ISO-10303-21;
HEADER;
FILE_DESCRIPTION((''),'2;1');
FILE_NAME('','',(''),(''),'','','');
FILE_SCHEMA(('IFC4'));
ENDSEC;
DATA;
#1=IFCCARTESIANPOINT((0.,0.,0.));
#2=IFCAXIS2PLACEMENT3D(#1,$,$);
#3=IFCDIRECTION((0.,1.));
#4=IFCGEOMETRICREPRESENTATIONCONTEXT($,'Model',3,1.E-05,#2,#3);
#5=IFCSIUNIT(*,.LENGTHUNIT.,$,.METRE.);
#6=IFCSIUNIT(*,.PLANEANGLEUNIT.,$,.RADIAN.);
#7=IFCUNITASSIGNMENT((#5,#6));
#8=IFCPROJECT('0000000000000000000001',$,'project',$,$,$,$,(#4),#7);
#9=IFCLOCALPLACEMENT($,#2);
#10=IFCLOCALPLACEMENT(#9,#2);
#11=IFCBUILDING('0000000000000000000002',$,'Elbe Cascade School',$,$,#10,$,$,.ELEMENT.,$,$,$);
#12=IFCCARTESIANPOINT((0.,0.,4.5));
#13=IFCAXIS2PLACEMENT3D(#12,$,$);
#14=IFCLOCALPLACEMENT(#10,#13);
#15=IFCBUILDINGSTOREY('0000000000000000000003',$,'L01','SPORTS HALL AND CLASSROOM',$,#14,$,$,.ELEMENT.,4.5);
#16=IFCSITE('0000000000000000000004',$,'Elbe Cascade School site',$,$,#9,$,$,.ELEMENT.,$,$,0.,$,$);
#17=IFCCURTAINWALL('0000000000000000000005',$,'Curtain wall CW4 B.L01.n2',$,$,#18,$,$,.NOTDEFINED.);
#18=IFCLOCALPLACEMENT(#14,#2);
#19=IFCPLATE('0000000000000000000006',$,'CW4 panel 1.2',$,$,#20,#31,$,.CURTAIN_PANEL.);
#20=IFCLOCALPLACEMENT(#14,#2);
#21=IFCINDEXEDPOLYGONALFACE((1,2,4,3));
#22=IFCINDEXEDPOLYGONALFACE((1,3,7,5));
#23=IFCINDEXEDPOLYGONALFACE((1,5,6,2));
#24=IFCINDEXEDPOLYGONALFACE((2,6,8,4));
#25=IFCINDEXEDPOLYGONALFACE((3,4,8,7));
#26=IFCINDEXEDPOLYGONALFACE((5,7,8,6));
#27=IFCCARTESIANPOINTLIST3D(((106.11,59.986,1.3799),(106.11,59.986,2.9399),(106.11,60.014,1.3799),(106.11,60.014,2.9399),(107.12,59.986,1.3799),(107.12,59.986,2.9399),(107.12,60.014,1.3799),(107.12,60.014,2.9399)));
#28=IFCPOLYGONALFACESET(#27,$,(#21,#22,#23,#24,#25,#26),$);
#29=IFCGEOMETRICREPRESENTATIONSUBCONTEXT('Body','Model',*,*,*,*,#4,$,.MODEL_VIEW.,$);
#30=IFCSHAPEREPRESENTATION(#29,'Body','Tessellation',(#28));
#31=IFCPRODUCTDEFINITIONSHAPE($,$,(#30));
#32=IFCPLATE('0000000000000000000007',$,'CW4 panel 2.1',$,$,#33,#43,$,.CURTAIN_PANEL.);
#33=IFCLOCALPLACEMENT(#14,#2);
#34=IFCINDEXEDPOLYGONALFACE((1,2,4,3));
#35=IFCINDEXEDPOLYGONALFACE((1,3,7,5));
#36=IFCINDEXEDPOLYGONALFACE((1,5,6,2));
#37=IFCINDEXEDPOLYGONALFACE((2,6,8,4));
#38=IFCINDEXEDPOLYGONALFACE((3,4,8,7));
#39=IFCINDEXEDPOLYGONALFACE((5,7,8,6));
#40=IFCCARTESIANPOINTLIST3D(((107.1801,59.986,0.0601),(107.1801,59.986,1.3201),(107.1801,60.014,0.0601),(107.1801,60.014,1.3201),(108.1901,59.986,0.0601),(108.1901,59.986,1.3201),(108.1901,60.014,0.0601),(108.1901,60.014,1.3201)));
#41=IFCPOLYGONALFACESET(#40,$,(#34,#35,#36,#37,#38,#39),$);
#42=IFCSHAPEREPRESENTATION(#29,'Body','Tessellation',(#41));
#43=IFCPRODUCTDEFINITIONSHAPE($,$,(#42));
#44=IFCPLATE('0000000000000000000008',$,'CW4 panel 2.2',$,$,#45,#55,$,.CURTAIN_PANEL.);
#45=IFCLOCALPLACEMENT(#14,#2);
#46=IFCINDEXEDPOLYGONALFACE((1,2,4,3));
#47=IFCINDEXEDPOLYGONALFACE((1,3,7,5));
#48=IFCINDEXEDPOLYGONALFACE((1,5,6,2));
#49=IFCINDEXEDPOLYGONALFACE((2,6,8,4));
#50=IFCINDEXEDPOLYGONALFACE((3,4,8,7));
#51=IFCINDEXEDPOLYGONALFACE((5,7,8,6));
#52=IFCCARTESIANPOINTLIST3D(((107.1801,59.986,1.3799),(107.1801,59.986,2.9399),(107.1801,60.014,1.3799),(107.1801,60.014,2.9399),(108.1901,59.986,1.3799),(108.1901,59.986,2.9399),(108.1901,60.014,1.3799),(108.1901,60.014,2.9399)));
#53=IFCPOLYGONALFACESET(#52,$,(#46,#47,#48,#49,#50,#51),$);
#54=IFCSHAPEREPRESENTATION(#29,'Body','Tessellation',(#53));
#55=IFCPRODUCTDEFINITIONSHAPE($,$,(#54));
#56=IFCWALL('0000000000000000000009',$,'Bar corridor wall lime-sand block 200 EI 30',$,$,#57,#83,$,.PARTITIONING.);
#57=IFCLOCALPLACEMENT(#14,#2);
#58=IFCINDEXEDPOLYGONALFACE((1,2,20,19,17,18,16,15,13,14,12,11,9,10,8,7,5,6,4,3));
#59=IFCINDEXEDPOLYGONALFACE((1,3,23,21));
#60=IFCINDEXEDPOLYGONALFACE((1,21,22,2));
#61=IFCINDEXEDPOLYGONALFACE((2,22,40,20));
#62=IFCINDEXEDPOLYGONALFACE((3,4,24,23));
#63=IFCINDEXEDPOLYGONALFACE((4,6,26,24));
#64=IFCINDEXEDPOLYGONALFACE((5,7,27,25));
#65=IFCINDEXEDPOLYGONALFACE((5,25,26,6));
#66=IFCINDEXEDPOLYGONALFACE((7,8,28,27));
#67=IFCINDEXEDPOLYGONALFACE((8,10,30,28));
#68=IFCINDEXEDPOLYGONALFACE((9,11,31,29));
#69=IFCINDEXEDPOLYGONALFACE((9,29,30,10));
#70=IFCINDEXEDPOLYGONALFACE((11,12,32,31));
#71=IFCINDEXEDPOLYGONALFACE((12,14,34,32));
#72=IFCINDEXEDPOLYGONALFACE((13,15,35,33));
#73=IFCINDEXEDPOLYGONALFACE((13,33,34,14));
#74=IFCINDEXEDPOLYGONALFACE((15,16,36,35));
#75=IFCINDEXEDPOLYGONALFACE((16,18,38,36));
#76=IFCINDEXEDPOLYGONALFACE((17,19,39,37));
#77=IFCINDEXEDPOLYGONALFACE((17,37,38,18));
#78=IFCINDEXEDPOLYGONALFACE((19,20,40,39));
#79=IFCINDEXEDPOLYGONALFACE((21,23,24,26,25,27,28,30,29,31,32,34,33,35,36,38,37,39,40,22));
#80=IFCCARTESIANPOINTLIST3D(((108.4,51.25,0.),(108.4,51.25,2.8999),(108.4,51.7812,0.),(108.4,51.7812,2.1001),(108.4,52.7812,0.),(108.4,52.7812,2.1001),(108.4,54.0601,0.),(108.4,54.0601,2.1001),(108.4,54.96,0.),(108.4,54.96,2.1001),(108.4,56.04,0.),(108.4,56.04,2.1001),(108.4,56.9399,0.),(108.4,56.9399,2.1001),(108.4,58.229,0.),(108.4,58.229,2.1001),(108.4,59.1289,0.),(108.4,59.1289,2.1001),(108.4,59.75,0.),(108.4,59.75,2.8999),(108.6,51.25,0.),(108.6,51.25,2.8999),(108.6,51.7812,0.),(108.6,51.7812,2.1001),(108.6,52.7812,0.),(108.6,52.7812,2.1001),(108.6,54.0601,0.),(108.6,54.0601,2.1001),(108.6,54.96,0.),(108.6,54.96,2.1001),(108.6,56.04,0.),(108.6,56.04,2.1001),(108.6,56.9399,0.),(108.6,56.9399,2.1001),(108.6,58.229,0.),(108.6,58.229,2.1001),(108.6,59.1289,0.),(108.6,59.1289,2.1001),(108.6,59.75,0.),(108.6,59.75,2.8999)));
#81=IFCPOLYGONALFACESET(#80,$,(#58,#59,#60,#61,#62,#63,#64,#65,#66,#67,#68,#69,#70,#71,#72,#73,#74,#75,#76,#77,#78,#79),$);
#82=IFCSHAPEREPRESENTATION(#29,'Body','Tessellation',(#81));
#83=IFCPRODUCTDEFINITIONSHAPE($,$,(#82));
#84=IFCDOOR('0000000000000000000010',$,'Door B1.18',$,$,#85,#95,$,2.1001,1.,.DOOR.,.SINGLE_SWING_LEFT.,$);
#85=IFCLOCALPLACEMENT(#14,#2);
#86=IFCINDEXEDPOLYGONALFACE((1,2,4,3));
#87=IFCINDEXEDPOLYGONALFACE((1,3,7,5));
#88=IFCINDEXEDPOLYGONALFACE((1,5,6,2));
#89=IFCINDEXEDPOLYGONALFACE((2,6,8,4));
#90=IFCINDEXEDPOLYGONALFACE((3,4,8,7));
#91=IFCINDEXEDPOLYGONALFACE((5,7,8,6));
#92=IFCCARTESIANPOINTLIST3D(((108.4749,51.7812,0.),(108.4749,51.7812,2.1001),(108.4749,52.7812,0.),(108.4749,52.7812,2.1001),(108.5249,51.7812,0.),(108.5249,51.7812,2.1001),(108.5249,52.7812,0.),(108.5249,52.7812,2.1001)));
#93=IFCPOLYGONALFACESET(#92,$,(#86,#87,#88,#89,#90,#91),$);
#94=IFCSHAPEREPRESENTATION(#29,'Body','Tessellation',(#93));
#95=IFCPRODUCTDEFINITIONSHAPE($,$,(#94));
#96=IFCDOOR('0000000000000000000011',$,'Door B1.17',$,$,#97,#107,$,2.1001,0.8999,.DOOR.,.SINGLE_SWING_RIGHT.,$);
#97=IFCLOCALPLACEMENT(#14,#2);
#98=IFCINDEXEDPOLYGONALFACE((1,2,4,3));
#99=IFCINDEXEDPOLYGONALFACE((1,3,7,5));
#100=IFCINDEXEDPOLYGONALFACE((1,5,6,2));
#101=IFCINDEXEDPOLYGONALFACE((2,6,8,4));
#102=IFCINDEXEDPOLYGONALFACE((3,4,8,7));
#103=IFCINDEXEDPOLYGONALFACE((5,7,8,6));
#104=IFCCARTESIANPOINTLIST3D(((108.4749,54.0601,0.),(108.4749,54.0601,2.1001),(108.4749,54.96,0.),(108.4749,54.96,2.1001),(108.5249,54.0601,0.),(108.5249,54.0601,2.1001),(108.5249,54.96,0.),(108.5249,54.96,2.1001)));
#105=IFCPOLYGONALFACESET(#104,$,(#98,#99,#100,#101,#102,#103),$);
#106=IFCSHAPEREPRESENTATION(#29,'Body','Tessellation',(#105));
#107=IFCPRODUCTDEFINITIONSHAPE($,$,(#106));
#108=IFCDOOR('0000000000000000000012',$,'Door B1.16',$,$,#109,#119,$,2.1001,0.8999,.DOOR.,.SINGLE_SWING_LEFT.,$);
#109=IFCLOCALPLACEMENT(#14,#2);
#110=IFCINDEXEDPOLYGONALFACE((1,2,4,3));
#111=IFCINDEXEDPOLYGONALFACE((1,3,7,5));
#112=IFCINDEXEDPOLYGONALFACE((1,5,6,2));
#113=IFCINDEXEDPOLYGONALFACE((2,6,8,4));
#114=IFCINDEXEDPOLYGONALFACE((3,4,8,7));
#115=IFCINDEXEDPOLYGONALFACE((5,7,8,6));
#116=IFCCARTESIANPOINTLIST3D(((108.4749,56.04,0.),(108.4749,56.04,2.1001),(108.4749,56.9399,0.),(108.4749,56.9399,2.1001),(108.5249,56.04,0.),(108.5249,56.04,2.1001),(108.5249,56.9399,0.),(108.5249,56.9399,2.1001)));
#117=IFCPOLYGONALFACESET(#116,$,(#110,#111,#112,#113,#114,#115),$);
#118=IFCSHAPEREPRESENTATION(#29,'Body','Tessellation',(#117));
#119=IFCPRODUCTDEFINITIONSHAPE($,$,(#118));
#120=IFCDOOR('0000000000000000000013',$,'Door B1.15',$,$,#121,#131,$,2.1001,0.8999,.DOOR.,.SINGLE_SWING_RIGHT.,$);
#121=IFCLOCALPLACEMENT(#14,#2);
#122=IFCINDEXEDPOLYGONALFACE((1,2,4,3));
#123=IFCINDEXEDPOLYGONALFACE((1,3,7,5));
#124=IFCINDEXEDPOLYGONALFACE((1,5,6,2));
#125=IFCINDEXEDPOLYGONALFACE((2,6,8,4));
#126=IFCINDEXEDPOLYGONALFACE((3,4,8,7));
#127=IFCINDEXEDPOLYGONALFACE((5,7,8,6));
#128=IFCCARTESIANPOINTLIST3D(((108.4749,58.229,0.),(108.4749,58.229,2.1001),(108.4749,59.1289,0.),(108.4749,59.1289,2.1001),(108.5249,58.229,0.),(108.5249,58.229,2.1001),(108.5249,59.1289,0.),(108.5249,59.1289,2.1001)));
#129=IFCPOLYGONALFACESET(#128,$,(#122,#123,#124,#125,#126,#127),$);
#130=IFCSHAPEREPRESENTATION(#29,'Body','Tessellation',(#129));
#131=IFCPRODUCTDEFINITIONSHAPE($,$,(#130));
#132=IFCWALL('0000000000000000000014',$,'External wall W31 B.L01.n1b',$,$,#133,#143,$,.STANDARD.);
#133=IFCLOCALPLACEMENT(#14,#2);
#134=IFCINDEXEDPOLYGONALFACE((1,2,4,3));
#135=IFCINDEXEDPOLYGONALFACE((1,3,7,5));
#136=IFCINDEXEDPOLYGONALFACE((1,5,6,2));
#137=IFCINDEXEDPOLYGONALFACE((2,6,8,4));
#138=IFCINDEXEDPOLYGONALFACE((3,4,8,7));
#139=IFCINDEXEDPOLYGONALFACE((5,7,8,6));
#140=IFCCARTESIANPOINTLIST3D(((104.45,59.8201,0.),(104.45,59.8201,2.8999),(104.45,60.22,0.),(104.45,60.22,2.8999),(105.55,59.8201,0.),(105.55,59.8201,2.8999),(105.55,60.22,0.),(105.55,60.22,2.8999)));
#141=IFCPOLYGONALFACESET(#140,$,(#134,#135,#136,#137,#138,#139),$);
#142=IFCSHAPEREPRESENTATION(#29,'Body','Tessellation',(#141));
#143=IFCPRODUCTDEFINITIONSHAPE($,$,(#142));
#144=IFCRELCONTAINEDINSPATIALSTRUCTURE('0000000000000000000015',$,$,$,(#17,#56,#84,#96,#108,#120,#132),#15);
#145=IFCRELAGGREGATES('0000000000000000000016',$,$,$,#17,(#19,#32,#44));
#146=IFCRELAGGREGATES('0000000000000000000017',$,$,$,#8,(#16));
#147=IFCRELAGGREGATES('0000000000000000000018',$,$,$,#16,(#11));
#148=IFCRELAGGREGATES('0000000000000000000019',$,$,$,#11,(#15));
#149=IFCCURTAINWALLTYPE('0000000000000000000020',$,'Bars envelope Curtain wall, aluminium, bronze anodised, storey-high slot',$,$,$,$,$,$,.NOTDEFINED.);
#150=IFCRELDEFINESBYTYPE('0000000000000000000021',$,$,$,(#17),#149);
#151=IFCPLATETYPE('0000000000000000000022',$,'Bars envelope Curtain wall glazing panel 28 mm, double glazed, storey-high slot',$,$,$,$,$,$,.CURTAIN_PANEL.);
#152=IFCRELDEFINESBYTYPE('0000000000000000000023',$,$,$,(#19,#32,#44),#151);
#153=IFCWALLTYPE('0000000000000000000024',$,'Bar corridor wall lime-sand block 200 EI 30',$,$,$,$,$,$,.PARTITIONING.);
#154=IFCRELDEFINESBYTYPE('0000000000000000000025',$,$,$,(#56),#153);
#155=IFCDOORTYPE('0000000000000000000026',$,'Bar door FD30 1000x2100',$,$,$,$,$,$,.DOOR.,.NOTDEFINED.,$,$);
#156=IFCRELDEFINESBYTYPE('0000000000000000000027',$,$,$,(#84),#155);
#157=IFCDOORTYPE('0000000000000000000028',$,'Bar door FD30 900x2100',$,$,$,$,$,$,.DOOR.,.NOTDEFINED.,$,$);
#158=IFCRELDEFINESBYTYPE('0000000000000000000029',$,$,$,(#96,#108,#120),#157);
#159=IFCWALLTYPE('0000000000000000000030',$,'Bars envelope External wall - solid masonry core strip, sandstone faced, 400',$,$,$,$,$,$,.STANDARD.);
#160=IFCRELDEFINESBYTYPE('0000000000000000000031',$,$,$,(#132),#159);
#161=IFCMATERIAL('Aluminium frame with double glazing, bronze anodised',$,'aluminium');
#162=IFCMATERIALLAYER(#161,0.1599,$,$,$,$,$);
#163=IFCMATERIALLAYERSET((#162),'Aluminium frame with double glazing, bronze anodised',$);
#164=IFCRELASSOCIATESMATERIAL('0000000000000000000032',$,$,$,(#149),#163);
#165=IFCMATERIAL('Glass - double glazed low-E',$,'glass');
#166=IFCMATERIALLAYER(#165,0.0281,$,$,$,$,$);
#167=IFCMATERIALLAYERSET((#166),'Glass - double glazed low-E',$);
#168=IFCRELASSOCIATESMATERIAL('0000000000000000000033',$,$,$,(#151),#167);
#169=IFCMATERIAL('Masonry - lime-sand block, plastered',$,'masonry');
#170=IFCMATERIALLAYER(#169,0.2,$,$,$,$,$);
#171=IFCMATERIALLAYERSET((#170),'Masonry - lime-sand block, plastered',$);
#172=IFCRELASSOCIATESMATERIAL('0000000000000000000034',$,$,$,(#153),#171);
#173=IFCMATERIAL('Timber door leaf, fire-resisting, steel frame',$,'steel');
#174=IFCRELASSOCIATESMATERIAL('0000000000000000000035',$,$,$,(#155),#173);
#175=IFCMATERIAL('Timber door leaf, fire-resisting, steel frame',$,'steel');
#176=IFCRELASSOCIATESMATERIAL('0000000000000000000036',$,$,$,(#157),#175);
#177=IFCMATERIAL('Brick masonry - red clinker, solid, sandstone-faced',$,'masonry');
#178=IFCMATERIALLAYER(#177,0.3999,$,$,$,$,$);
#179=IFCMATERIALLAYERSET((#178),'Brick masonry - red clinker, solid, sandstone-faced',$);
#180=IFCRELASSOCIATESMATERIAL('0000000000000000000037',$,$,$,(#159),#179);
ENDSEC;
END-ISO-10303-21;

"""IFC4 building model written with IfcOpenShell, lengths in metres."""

from ifc_helpers import new_model, si_unit, direction, frame, frame_2d, origin, origin_2d, place, context, subcontext, project, spatial, rectangle, extrude, material, layer, layer_set, type_object, element, fill, aggregate, save


model = new_model("IFC4")

# Units and contexts
model_context = context("Model", 3, precision=1e-05, world=origin(), true_north=direction((0.0, 1.0)))
body_context = subcontext(model_context, "Body", "Model", "MODEL_VIEW")
ifc_project = project(units=[si_unit("LENGTHUNIT", "METRE"), si_unit("PLANEANGLEUNIT", "RADIAN")], contexts=[model_context])

# Site, building, storey
site_placement = place(None, origin())
site = spatial("IfcSite", under=ifc_project, at=site_placement, Name="Elbe Cascade School site", CompositionType="ELEMENT", RefElevation=0.0)
building_placement = place(site_placement, origin())
building = spatial("IfcBuilding", under=site, at=building_placement, Name="Elbe Cascade School", CompositionType="ELEMENT")
storey_placement = place(building_placement, frame((0.0, 0.0, 4.5)))
storey = spatial("IfcBuildingStorey", under=building, at=storey_placement, Name="L01", Description="SPORTS HALL AND CLASSROOM", CompositionType="ELEMENT", Elevation=4.5)

# Shared definitions
ifc_material_1 = material(Name="Aluminium frame with double glazing, bronze anodised", Category="aluminium")
ifc_layer_1 = layer(ifc_material_1, 0.1599)
ifc_layer_set_1 = layer_set([ifc_layer_1], Name="Aluminium frame with double glazing, bronze anodised")
curtain_wall_type = type_object("IfcCurtainWallType", Name="Bars envelope Curtain wall, aluminium, bronze anodised, storey-high slot", PredefinedType="NOTDEFINED", material=ifc_layer_set_1)

# Curtain wall
curtain_wall_1_placement = place(storey_placement, origin())
curtain_wall_1 = element("IfcCurtainWall", 1, at=curtain_wall_1_placement, inside=storey, type_object=curtain_wall_type, Name="Curtain wall CW4 B.L01.n2", PredefinedType="NOTDEFINED")

# Plates
ifc_material_2 = material(Name="Glass - double glazed low-E", Category="glass")
ifc_layer_2 = layer(ifc_material_2, 0.0281)
ifc_layer_set_2 = layer_set([ifc_layer_2], Name="Glass - double glazed low-E")
plate_type = type_object("IfcPlateType", Name="Bars envelope Curtain wall glazing panel 28 mm, double glazed, storey-high slot", PredefinedType="CURTAIN_PANEL", material=ifc_layer_set_2)
plate_1_placement = place(storey_placement, frame((106.615, 60.0, 1.3799), z_axis=(0.0, 0.0, 1.0), x_axis=(1.0, 0.0, 0.0)))
plate_1 = element("IfcPlate", 2, at=plate_1_placement, type_object=plate_type, Name="CW4 panel 1.2", PredefinedType="CURTAIN_PANEL", context=body_context, shape_type="SweptSolid", body=[
    extrude(rectangle(XDim=1.01, YDim=0.0281, at=origin_2d()), origin(), (0.0, 0.0, 1.0), 1.5601),
])
plate_2_placement = place(storey_placement, frame((107.6851, 60.0, 0.0601), z_axis=(0.0, 0.0, 1.0), x_axis=(1.0, 0.0, 0.0)))
plate_2 = element("IfcPlate", 3, at=plate_2_placement, type_object=plate_type, Name="CW4 panel 2.1", PredefinedType="CURTAIN_PANEL", context=body_context, shape_type="SweptSolid", body=[
    extrude(rectangle(XDim=1.01, YDim=0.0281, at=origin_2d()), origin(), (0.0, 0.0, 1.0), 1.26),
])
plate_3_placement = place(storey_placement, frame((107.6851, 60.0, 1.3799), z_axis=(0.0, 0.0, 1.0), x_axis=(1.0, 0.0, 0.0)))
plate_3 = element("IfcPlate", 4, at=plate_3_placement, type_object=plate_type, Name="CW4 panel 2.2", PredefinedType="CURTAIN_PANEL", context=body_context, shape_type="SweptSolid", body=[
    extrude(rectangle(XDim=1.01, YDim=0.0281, at=origin_2d()), origin(), (0.0, 0.0, 1.0), 1.5601),
])
aggregate(curtain_wall_1, [plate_1, plate_2, plate_3])

# Wall, openings, doors
ifc_material_3 = material(Name="Masonry - lime-sand block, plastered", Category="masonry")
ifc_layer_3 = layer(ifc_material_3, 0.2)
ifc_layer_set_3 = layer_set([ifc_layer_3], Name="Masonry - lime-sand block, plastered")
wall_type_1 = type_object("IfcWallType", Name="Bar corridor wall lime-sand block 200 EI 30", PredefinedType="PARTITIONING", material=ifc_layer_set_3)
wall_1_placement = place(storey_placement, frame((108.5, 59.75, 0.0), z_axis=(0.0, 0.0, 1.0), x_axis=(0.0, -1.0, 0.0)))
wall_1 = element("IfcWall", 5, at=wall_1_placement, inside=storey, type_object=wall_type_1, Name="Bar corridor wall lime-sand block 200 EI 30", PredefinedType="PARTITIONING", context=body_context, shape_type="SweptSolid", body=[
    extrude(rectangle(XDim=8.5, YDim=0.2, at=frame_2d((4.25, 0.0))), origin(), (0.0, 0.0, 1.0), 2.8999),
])
opening_1_placement = place(wall_1_placement, frame((6.9688, 0.0, 0.0)))
opening_1 = element("IfcOpeningElement", 6, at=opening_1_placement, cuts=wall_1, PredefinedType="OPENING", context=body_context, shape_type="SweptSolid", body=[
    extrude(rectangle(XDim=1.0, YDim=2.1001, at=frame_2d((0.5, 1.05))), frame((0.0, 0.1099, 0.0), z_axis=(0.0, -1.0, 0.0), x_axis=(1.0, 0.0, 0.0)), (0.0, 0.0, 1.0), 0.22),
])
opening_2_placement = place(wall_1_placement, frame((4.79, 0.0, 0.0)))
opening_2 = element("IfcOpeningElement", 7, at=opening_2_placement, cuts=wall_1, PredefinedType="OPENING", context=body_context, shape_type="SweptSolid", body=[
    extrude(rectangle(XDim=0.8999, YDim=2.1001, at=frame_2d((0.45, 1.05))), frame((0.0, 0.1099, 0.0), z_axis=(0.0, -1.0, 0.0), x_axis=(1.0, 0.0, 0.0)), (0.0, 0.0, 1.0), 0.22),
])
opening_3_placement = place(wall_1_placement, frame((2.8101, 0.0, 0.0)))
opening_3 = element("IfcOpeningElement", 8, at=opening_3_placement, cuts=wall_1, PredefinedType="OPENING", context=body_context, shape_type="SweptSolid", body=[
    extrude(rectangle(XDim=0.8999, YDim=2.1001, at=frame_2d((0.45, 1.05))), frame((0.0, 0.1099, 0.0), z_axis=(0.0, -1.0, 0.0), x_axis=(1.0, 0.0, 0.0)), (0.0, 0.0, 1.0), 0.22),
])
opening_4_placement = place(wall_1_placement, frame((0.6211, 0.0, 0.0)))
opening_4 = element("IfcOpeningElement", 9, at=opening_4_placement, cuts=wall_1, PredefinedType="OPENING", context=body_context, shape_type="SweptSolid", body=[
    extrude(rectangle(XDim=0.8999, YDim=2.1001, at=frame_2d((0.45, 1.05))), frame((0.0, 0.1099, 0.0), z_axis=(0.0, -1.0, 0.0), x_axis=(1.0, 0.0, 0.0)), (0.0, 0.0, 1.0), 0.22),
])
ifc_material_4 = material(Name="Timber door leaf, fire-resisting, steel frame", Category="steel")
door_type_1 = type_object("IfcDoorType", Name="Bar door FD30 1000x2100", OperationType="NOTDEFINED", PredefinedType="DOOR", material=ifc_material_4)
door_1_placement = place(opening_1_placement, origin())
door_1 = element("IfcDoor", 10, at=door_1_placement, inside=storey, type_object=door_type_1, Name="Door B1.18", OperationType="SINGLE_SWING_LEFT", OverallHeight=2.1001, OverallWidth=1.0, PredefinedType="DOOR", context=body_context, shape_type="SweptSolid", body=[
    extrude(rectangle(XDim=1.0, YDim=2.1001, at=frame_2d((0.5, 1.05))), frame((0.0, 0.0249, 0.0), z_axis=(0.0, -1.0, 0.0), x_axis=(1.0, 0.0, 0.0)), (0.0, 0.0, 1.0), 0.05),
])
fill(opening_1, door_1)
ifc_material_5 = material(Name="Timber door leaf, fire-resisting, steel frame", Category="steel")
door_type_2 = type_object("IfcDoorType", Name="Bar door FD30 900x2100", OperationType="NOTDEFINED", PredefinedType="DOOR", material=ifc_material_5)
door_2_placement = place(opening_2_placement, origin())
door_2 = element("IfcDoor", 11, at=door_2_placement, inside=storey, type_object=door_type_2, Name="Door B1.17", OperationType="SINGLE_SWING_RIGHT", OverallHeight=2.1001, OverallWidth=0.8999, PredefinedType="DOOR", context=body_context, shape_type="SweptSolid", body=[
    extrude(rectangle(XDim=0.8999, YDim=2.1001, at=frame_2d((0.45, 1.05))), frame((0.0, 0.0249, 0.0), z_axis=(0.0, -1.0, 0.0), x_axis=(1.0, 0.0, 0.0)), (0.0, 0.0, 1.0), 0.05),
])
fill(opening_2, door_2)
door_3_placement = place(opening_3_placement, origin())
door_3 = element("IfcDoor", 12, at=door_3_placement, inside=storey, type_object=door_type_2, Name="Door B1.16", OperationType="SINGLE_SWING_LEFT", OverallHeight=2.1001, OverallWidth=0.8999, PredefinedType="DOOR", context=body_context, shape_type="SweptSolid", body=[
    extrude(rectangle(XDim=0.8999, YDim=2.1001, at=frame_2d((0.45, 1.05))), frame((0.0, 0.0249, 0.0), z_axis=(0.0, -1.0, 0.0), x_axis=(1.0, 0.0, 0.0)), (0.0, 0.0, 1.0), 0.05),
])
fill(opening_3, door_3)
door_4_placement = place(opening_4_placement, origin())
door_4 = element("IfcDoor", 13, at=door_4_placement, inside=storey, type_object=door_type_2, Name="Door B1.15", OperationType="SINGLE_SWING_RIGHT", OverallHeight=2.1001, OverallWidth=0.8999, PredefinedType="DOOR", context=body_context, shape_type="SweptSolid", body=[
    extrude(rectangle(XDim=0.8999, YDim=2.1001, at=frame_2d((0.45, 1.05))), frame((0.0, 0.0249, 0.0), z_axis=(0.0, -1.0, 0.0), x_axis=(1.0, 0.0, 0.0)), (0.0, 0.0, 1.0), 0.05),
])
fill(opening_4, door_4)

# Wall
ifc_material_6 = material(Name="Brick masonry - red clinker, solid, sandstone-faced", Category="masonry")
ifc_layer_4 = layer(ifc_material_6, 0.3999)
ifc_layer_set_4 = layer_set([ifc_layer_4], Name="Brick masonry - red clinker, solid, sandstone-faced")
wall_type_2 = type_object("IfcWallType", Name="Bars envelope External wall - solid masonry core strip, sandstone faced, 400", PredefinedType="STANDARD", material=ifc_layer_set_4)
wall_2_placement = place(storey_placement, frame((104.45, 60.02, 0.0), z_axis=(0.0, 0.0, 1.0), x_axis=(1.0, 0.0, 0.0)))
element("IfcWall", 14, at=wall_2_placement, inside=storey, type_object=wall_type_2, Name="External wall W31 B.L01.n1b", PredefinedType="STANDARD", context=body_context, shape_type="SweptSolid", body=[
    extrude(rectangle(XDim=1.1001, YDim=0.3999, at=frame_2d((0.55, 0.0))), origin(), (0.0, 0.0, 1.0), 2.8999),
])

save(model, "model.ifc")
